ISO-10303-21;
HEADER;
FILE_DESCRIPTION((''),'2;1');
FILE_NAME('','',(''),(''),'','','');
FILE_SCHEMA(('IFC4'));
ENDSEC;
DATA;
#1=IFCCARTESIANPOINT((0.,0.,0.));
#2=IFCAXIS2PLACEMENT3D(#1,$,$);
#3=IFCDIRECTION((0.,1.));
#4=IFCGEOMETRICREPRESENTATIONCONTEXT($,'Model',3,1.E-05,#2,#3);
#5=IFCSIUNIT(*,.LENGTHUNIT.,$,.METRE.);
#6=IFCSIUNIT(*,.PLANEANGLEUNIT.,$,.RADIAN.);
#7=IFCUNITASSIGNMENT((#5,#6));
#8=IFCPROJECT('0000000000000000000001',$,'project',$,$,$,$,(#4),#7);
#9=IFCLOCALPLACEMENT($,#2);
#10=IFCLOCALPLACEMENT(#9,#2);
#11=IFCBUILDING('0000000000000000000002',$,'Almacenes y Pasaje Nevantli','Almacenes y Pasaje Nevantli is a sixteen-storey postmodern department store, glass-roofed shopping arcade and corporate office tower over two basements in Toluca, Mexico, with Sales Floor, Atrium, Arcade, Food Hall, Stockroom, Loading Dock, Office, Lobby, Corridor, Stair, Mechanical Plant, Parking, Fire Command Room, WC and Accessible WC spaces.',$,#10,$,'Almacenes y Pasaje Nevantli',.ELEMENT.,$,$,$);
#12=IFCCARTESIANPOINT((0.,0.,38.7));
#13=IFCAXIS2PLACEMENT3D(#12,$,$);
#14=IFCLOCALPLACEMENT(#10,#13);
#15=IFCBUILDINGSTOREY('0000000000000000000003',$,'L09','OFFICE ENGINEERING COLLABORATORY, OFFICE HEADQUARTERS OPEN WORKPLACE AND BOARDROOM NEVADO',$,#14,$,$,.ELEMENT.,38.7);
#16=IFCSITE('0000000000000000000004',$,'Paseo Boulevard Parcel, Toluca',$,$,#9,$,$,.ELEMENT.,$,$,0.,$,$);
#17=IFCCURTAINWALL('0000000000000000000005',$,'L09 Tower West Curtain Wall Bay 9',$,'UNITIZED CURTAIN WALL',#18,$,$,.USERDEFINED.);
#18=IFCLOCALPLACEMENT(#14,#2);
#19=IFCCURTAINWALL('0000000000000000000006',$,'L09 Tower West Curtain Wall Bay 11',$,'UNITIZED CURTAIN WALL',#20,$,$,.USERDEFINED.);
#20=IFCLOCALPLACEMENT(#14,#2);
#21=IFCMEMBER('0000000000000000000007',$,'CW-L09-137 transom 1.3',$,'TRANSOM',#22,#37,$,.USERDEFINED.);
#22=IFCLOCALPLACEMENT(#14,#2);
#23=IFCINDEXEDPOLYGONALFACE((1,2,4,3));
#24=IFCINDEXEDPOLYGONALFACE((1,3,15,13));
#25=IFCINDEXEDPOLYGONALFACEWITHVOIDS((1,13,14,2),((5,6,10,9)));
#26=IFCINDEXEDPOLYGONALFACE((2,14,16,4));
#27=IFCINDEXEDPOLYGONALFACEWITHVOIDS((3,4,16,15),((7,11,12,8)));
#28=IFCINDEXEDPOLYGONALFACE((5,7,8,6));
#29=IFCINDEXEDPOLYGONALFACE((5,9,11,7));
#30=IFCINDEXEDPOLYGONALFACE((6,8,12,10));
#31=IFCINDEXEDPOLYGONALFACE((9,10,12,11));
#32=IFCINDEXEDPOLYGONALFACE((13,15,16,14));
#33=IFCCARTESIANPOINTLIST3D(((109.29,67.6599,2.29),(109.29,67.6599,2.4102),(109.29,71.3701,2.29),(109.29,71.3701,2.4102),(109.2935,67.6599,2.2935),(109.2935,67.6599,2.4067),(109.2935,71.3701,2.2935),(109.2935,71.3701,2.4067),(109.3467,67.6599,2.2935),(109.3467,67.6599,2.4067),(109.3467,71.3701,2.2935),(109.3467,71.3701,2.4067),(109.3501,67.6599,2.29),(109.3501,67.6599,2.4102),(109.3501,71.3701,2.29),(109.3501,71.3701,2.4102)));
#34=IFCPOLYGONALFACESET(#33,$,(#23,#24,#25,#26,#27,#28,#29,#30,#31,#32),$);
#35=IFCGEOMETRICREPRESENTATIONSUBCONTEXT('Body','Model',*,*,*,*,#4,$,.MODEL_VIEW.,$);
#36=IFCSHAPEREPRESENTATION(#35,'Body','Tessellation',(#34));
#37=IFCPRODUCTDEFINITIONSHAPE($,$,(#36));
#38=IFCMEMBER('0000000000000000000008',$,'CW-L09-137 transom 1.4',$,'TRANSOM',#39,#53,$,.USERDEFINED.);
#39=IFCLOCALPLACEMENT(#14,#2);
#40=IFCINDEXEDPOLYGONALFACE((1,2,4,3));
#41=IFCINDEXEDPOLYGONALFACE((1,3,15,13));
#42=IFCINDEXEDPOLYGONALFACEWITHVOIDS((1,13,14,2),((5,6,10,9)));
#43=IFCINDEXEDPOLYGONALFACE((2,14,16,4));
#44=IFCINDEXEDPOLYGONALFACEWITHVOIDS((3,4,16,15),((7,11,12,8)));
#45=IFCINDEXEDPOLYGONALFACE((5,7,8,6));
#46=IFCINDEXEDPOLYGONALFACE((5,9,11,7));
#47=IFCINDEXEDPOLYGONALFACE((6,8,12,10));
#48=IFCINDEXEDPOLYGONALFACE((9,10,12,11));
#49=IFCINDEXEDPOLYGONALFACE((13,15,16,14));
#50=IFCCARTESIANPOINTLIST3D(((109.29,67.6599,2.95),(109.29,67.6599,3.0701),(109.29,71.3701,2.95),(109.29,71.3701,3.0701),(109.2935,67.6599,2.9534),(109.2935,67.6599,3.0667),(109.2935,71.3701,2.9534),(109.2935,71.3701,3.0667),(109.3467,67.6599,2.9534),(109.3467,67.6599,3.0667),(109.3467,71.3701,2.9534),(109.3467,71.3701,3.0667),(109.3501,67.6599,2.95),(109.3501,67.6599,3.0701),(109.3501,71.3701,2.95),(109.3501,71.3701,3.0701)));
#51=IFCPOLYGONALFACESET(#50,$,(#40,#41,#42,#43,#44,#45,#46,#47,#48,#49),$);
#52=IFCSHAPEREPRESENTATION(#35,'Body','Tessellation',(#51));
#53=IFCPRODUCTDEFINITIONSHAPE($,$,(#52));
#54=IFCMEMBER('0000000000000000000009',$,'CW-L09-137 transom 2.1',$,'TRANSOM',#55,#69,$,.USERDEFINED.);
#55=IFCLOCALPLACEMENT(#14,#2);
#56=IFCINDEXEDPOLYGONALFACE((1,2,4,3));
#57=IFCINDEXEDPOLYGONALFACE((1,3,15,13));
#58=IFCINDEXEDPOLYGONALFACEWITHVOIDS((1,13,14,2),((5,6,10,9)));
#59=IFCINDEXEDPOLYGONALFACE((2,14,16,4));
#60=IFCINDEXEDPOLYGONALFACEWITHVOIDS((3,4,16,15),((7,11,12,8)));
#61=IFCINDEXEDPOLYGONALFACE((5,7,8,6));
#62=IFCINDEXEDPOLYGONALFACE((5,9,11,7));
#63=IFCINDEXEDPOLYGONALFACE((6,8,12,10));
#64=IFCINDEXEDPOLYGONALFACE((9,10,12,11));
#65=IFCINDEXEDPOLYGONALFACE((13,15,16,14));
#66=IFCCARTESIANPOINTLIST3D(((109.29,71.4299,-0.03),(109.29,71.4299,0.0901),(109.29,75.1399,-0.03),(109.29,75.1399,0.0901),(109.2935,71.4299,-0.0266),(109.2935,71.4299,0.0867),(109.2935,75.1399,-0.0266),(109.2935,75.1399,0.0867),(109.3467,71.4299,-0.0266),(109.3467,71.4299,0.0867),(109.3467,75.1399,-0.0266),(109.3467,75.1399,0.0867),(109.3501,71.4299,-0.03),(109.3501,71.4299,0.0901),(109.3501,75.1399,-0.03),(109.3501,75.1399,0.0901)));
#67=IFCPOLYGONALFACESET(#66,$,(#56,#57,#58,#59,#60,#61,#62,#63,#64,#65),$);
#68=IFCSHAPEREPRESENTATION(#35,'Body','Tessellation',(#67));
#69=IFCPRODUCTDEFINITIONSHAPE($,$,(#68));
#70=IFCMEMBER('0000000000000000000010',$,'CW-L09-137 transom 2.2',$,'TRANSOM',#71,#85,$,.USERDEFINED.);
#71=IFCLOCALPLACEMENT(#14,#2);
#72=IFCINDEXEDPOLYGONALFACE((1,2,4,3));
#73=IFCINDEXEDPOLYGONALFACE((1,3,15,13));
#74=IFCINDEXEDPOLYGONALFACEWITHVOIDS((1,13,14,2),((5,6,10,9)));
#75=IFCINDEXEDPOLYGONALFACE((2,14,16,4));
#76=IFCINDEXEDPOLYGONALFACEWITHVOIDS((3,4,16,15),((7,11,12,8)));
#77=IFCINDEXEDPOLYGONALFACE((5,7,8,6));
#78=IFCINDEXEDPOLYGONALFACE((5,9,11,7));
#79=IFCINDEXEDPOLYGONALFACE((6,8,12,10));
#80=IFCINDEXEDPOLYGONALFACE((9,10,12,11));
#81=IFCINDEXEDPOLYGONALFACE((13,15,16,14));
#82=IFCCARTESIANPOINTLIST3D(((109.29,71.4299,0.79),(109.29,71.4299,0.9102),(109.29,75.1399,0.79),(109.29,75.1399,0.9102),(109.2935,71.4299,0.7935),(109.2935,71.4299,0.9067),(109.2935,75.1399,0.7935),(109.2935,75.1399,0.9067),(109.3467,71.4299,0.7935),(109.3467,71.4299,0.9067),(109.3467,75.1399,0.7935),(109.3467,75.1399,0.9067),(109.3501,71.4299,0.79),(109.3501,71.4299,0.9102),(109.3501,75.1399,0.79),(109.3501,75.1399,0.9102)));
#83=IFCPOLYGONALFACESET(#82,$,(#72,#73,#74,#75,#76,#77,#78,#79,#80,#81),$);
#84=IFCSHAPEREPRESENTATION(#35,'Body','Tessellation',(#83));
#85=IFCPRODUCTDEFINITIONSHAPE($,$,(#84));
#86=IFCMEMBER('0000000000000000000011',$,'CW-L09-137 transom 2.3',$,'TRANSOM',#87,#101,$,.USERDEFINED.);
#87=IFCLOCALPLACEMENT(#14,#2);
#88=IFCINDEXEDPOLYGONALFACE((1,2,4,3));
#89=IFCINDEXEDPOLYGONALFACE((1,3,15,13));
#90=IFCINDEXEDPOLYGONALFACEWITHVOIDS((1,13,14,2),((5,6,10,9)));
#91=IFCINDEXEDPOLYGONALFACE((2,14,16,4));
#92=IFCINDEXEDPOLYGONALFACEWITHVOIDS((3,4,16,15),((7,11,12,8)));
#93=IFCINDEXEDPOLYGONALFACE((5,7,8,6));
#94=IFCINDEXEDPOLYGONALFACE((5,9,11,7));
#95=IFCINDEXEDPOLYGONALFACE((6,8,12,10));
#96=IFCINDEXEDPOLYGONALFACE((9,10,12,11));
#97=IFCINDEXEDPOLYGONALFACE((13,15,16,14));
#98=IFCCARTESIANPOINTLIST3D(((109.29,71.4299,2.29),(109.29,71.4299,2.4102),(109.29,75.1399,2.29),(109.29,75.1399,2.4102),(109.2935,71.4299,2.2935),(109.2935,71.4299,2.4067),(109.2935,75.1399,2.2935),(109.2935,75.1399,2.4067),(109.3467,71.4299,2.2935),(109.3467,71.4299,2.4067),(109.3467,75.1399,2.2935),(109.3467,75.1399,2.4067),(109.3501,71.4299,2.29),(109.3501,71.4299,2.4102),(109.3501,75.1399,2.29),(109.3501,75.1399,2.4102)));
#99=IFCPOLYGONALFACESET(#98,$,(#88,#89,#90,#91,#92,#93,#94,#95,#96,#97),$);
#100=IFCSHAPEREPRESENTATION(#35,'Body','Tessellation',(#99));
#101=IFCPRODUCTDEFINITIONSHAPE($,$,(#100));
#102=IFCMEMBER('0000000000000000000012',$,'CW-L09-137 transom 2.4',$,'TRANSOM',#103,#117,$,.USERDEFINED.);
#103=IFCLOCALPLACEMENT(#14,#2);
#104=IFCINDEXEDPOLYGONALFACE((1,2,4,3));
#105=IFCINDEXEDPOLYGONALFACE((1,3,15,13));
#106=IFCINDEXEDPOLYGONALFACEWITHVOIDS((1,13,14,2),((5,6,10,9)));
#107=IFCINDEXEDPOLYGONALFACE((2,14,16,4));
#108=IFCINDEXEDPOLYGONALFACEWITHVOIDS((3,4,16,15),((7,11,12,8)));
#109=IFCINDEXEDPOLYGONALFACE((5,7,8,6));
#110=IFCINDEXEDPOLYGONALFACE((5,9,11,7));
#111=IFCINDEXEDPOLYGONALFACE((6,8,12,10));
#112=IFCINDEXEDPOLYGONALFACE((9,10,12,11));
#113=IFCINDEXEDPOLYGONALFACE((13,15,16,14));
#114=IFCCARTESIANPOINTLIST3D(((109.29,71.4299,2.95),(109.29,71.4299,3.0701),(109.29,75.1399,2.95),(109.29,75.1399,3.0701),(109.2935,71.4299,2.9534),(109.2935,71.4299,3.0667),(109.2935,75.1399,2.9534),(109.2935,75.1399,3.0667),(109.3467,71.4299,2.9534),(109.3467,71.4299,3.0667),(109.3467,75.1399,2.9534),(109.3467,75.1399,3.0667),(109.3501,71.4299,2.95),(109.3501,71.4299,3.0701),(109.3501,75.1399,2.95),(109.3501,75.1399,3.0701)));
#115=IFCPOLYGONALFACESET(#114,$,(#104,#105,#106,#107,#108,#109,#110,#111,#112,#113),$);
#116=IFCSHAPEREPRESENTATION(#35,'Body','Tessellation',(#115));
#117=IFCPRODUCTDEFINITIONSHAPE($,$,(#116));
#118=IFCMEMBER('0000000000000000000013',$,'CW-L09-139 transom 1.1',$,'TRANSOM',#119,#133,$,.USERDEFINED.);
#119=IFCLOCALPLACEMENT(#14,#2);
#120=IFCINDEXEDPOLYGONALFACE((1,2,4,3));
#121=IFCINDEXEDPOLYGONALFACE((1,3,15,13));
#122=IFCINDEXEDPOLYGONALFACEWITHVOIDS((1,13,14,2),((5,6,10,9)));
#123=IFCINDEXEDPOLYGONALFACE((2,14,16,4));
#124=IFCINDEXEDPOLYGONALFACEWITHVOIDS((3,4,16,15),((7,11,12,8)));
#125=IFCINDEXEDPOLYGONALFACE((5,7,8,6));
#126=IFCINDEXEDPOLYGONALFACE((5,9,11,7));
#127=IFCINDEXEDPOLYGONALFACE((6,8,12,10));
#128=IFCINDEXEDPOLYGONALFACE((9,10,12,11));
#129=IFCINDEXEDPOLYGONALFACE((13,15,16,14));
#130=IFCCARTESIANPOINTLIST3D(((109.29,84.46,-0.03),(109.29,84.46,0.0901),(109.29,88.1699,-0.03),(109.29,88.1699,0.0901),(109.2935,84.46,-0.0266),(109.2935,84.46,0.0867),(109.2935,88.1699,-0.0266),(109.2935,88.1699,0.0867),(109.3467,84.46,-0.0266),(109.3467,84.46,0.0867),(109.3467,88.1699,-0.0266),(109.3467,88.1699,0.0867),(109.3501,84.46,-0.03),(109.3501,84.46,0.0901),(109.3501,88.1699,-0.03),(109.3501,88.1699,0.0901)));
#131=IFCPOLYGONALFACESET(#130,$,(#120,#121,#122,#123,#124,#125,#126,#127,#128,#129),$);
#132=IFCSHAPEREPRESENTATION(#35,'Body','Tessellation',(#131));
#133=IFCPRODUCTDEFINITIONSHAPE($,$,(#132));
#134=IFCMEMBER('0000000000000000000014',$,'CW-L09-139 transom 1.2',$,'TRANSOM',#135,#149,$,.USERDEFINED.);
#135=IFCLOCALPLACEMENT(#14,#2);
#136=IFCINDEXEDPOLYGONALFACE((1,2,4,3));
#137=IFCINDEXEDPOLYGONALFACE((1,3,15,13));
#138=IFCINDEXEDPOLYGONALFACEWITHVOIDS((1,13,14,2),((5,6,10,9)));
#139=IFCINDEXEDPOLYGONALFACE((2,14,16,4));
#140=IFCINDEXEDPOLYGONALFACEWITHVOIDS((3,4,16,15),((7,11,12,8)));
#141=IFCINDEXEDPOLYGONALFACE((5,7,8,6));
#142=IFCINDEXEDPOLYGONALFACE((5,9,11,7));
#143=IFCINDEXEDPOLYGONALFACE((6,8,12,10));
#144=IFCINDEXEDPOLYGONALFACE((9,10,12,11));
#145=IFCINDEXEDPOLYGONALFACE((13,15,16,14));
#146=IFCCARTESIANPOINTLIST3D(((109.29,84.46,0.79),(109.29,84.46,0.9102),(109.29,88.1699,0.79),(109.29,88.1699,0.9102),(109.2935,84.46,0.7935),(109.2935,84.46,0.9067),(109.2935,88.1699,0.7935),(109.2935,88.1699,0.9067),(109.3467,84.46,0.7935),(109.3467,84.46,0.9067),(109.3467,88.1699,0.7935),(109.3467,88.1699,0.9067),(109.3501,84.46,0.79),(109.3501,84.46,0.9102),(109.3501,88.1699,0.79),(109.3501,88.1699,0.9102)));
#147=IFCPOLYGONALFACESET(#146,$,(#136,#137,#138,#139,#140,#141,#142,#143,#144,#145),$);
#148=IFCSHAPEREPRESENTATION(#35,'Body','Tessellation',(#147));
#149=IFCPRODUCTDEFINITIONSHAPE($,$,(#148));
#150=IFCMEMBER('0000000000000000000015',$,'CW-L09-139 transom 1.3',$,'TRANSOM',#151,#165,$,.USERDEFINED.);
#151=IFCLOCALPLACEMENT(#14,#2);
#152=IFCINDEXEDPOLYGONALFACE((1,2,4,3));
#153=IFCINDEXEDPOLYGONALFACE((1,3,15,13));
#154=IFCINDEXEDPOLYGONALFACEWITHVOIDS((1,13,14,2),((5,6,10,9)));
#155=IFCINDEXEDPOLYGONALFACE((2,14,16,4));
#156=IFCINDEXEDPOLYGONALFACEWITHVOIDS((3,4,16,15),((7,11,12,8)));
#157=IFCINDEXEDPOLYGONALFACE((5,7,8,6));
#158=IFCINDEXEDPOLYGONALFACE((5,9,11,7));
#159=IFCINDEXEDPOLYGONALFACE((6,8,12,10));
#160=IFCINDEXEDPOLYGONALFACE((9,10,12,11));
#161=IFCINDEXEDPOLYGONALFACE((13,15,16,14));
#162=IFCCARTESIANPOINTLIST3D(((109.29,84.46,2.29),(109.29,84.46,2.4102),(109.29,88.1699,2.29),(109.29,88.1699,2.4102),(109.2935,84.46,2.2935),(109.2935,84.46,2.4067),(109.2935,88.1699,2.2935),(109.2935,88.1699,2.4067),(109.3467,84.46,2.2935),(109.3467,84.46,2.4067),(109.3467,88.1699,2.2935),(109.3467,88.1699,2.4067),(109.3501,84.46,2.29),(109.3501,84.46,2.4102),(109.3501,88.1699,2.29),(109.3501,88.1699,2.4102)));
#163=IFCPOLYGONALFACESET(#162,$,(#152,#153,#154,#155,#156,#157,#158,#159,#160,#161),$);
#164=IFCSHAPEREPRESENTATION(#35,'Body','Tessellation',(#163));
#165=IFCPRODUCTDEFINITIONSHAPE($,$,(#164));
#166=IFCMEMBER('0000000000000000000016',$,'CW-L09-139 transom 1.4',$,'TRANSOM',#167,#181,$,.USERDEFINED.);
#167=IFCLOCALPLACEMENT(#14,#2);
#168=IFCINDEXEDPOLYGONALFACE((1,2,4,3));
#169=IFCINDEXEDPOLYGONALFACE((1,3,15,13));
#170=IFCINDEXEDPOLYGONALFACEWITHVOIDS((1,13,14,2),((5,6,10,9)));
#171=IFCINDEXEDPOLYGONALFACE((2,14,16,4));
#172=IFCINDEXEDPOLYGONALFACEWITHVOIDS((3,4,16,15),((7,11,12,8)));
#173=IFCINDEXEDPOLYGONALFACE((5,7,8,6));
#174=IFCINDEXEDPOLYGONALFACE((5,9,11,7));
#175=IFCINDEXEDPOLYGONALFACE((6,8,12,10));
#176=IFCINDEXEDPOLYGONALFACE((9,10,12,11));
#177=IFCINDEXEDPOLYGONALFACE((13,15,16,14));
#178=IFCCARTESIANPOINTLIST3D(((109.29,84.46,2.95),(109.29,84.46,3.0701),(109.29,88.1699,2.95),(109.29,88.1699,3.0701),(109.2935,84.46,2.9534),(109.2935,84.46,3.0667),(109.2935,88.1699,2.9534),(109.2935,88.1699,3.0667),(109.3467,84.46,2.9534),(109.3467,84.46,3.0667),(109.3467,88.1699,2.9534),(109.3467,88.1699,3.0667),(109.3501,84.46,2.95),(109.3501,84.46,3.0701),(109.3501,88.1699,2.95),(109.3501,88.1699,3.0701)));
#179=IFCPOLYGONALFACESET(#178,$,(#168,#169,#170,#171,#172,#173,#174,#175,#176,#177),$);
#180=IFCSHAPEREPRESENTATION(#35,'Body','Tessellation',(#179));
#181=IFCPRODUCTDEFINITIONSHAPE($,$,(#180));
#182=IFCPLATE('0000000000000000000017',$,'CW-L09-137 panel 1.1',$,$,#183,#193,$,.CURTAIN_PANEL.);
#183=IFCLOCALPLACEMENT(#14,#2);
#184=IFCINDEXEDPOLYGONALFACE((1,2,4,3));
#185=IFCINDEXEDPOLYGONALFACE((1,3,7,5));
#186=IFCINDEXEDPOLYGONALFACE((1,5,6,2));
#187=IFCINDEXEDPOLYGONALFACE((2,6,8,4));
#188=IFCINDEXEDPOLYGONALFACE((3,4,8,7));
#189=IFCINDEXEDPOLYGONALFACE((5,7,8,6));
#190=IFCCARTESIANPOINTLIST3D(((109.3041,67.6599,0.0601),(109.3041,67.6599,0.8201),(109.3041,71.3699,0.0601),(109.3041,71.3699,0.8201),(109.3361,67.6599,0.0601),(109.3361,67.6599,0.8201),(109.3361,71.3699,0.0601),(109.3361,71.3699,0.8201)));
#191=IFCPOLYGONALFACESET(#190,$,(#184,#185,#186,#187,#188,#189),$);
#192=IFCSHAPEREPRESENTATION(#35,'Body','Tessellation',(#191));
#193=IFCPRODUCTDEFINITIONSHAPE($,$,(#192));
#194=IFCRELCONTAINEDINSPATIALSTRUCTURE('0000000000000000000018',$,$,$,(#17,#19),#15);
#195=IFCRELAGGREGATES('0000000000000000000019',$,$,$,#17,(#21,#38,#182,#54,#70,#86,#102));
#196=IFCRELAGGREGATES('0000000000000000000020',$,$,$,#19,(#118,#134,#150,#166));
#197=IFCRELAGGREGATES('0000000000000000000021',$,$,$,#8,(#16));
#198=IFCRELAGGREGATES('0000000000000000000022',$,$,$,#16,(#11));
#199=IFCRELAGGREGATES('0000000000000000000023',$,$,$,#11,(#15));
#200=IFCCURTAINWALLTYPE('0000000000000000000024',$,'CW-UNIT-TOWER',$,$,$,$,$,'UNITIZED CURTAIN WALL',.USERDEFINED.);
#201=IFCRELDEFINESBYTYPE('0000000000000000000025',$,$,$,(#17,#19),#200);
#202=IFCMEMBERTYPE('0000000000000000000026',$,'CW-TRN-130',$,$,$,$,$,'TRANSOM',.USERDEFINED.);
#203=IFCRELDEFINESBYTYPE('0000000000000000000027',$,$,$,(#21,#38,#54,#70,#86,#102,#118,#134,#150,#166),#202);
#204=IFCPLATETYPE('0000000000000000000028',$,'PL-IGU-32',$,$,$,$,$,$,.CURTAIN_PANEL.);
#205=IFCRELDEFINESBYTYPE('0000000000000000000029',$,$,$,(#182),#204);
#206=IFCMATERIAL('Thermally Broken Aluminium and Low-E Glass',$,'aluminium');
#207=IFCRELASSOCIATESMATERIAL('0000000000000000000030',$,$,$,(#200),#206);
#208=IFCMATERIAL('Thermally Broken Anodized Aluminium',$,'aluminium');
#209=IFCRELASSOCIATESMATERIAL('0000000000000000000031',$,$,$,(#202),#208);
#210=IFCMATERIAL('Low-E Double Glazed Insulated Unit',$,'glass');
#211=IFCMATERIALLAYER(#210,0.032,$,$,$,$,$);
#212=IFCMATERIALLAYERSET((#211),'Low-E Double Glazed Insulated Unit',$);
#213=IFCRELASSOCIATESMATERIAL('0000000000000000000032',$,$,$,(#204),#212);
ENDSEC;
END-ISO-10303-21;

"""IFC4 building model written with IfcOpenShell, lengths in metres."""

from ifc_helpers import new_model, si_unit, direction, frame, origin, origin_2d, place, context, subcontext, project, spatial, rectangle, hollow_rectangle, extrude, material, layer, layer_set, material_profile, profile_set, type_object, element, aggregate, save


model = new_model("IFC4")

# Units and contexts
model_context = context("Model", 3, precision=1e-05, world=origin(), true_north=direction((0.0, 1.0)))
body_context = subcontext(model_context, "Body", "Model", "MODEL_VIEW")
ifc_project = project(units=[si_unit("LENGTHUNIT", "METRE"), si_unit("PLANEANGLEUNIT", "RADIAN")], contexts=[model_context])

# Site, building, storey
site_placement = place(None, origin())
site = spatial("IfcSite", under=ifc_project, at=site_placement, Name="Paseo Boulevard Parcel, Toluca", CompositionType="ELEMENT", RefElevation=0.0)
building_placement = place(site_placement, origin())
building = spatial("IfcBuilding", under=site, at=building_placement, Name="Almacenes y Pasaje Nevantli", Description="Almacenes y Pasaje Nevantli is a sixteen-storey postmodern department store, glass-roofed shopping arcade and corporate office tower over two basements in Toluca, Mexico, with Sales Floor, Atrium, Arcade, Food Hall, Stockroom, Loading Dock, Office, Lobby, Corridor, Stair, Mechanical Plant, Parking, Fire Command Room, WC and Accessible WC spaces.", LongName="Almacenes y Pasaje Nevantli", CompositionType="ELEMENT")
storey_placement = place(building_placement, frame((0.0, 0.0, 38.7)))
storey = spatial("IfcBuildingStorey", under=building, at=storey_placement, Name="L09", Description="OFFICE ENGINEERING COLLABORATORY, OFFICE HEADQUARTERS OPEN WORKPLACE AND BOARDROOM NEVADO", CompositionType="ELEMENT", Elevation=38.7)

# Curtain walls
ifc_material_1 = material(Name="Thermally Broken Aluminium and Low-E Glass", Category="aluminium")
curtain_wall_type = type_object("IfcCurtainWallType", Name="CW-UNIT-TOWER", ElementType="UNITIZED CURTAIN WALL", PredefinedType="USERDEFINED", material=ifc_material_1)
curtain_wall_1_placement = place(storey_placement, origin())
curtain_wall_1 = element("IfcCurtainWall", 1, at=curtain_wall_1_placement, inside=storey, type_object=curtain_wall_type, Name="L09 Tower West Curtain Wall Bay 9", ObjectType="UNITIZED CURTAIN WALL", PredefinedType="USERDEFINED")
curtain_wall_2_placement = place(storey_placement, origin())
curtain_wall_2 = element("IfcCurtainWall", 2, at=curtain_wall_2_placement, inside=storey, type_object=curtain_wall_type, Name="L09 Tower West Curtain Wall Bay 11", ObjectType="UNITIZED CURTAIN WALL", PredefinedType="USERDEFINED")

# Members
ifc_material_2 = material(Name="Thermally Broken Anodized Aluminium", Category="aluminium")
ifc_material_profile_1 = material_profile(ifc_material_2, hollow_rectangle(XDim=0.0601, YDim=0.1201, WallThickness=0.0034, at=origin_2d()), Name="ALU-TRN-60x120")
ifc_profile_set_1 = profile_set([ifc_material_profile_1], Name="Thermally Broken Anodized Aluminium")
member_type_1 = type_object("IfcMemberType", Name="CW-TRN-130", ElementType="TRANSOM", PredefinedType="USERDEFINED", material=ifc_profile_set_1)
member_1_placement = place(storey_placement, frame((109.3201, 67.6599, 2.3501), z_axis=(0.0, 1.0, 0.0), x_axis=(-1.0, 0.0, 0.0)))
member_1 = element("IfcMember", 3, at=member_1_placement, type_object=member_type_1, Name="CW-L09-137 transom 1.3", ObjectType="TRANSOM", PredefinedType="USERDEFINED", context=body_context, shape_type="SweptSolid", body=[
    extrude(hollow_rectangle(XDim=0.0601, YDim=0.1201, WallThickness=0.0034, at=origin_2d()), origin(), (0.0, 0.0, 1.0), 3.7102),
])
member_2_placement = place(storey_placement, frame((109.3201, 67.6599, 3.01), z_axis=(0.0, 1.0, 0.0), x_axis=(-1.0, 0.0, 0.0)))
member_2 = element("IfcMember", 4, at=member_2_placement, type_object=member_type_1, Name="CW-L09-137 transom 1.4", ObjectType="TRANSOM", PredefinedType="USERDEFINED", context=body_context, shape_type="SweptSolid", body=[
    extrude(hollow_rectangle(XDim=0.0601, YDim=0.1201, WallThickness=0.0034, at=origin_2d()), origin(), (0.0, 0.0, 1.0), 3.7102),
])
member_3_placement = place(storey_placement, frame((109.3201, 71.4299, 0.03), z_axis=(0.0, 1.0, 0.0), x_axis=(-1.0, 0.0, 0.0)))
member_3 = element("IfcMember", 5, at=member_3_placement, type_object=member_type_1, Name="CW-L09-137 transom 2.1", ObjectType="TRANSOM", PredefinedType="USERDEFINED", context=body_context, shape_type="SweptSolid", body=[
    extrude(hollow_rectangle(XDim=0.0601, YDim=0.1201, WallThickness=0.0034, at=origin_2d()), origin(), (0.0, 0.0, 1.0), 3.71),
])
member_4_placement = place(storey_placement, frame((109.3201, 71.4299, 0.8501), z_axis=(0.0, 1.0, 0.0), x_axis=(-1.0, 0.0, 0.0)))
member_4 = element("IfcMember", 6, at=member_4_placement, type_object=member_type_1, Name="CW-L09-137 transom 2.2", ObjectType="TRANSOM", PredefinedType="USERDEFINED", context=body_context, shape_type="SweptSolid", body=[
    extrude(hollow_rectangle(XDim=0.0601, YDim=0.1201, WallThickness=0.0034, at=origin_2d()), origin(), (0.0, 0.0, 1.0), 3.71),
])
member_5_placement = place(storey_placement, frame((109.3201, 71.4299, 2.3501), z_axis=(0.0, 1.0, 0.0), x_axis=(-1.0, 0.0, 0.0)))
member_5 = element("IfcMember", 7, at=member_5_placement, type_object=member_type_1, Name="CW-L09-137 transom 2.3", ObjectType="TRANSOM", PredefinedType="USERDEFINED", context=body_context, shape_type="SweptSolid", body=[
    extrude(hollow_rectangle(XDim=0.0601, YDim=0.1201, WallThickness=0.0034, at=origin_2d()), origin(), (0.0, 0.0, 1.0), 3.71),
])
member_6_placement = place(storey_placement, frame((109.3201, 71.4299, 3.01), z_axis=(0.0, 1.0, 0.0), x_axis=(-1.0, 0.0, 0.0)))
member_6 = element("IfcMember", 8, at=member_6_placement, type_object=member_type_1, Name="CW-L09-137 transom 2.4", ObjectType="TRANSOM", PredefinedType="USERDEFINED", context=body_context, shape_type="SweptSolid", body=[
    extrude(hollow_rectangle(XDim=0.0601, YDim=0.1201, WallThickness=0.0034, at=origin_2d()), origin(), (0.0, 0.0, 1.0), 3.71),
])
member_7_placement = place(storey_placement, frame((109.3201, 84.46, 0.03), z_axis=(0.0, 1.0, 0.0), x_axis=(-1.0, 0.0, 0.0)))
member_7 = element("IfcMember", 9, at=member_7_placement, type_object=member_type_1, Name="CW-L09-139 transom 1.1", ObjectType="TRANSOM", PredefinedType="USERDEFINED", context=body_context, shape_type="SweptSolid", body=[
    extrude(hollow_rectangle(XDim=0.0601, YDim=0.1201, WallThickness=0.0034, at=origin_2d()), origin(), (0.0, 0.0, 1.0), 3.71),
])
member_8_placement = place(storey_placement, frame((109.3201, 84.46, 0.8501), z_axis=(0.0, 1.0, 0.0), x_axis=(-1.0, 0.0, 0.0)))
member_8 = element("IfcMember", 10, at=member_8_placement, type_object=member_type_1, Name="CW-L09-139 transom 1.2", ObjectType="TRANSOM", PredefinedType="USERDEFINED", context=body_context, shape_type="SweptSolid", body=[
    extrude(hollow_rectangle(XDim=0.0601, YDim=0.1201, WallThickness=0.0034, at=origin_2d()), origin(), (0.0, 0.0, 1.0), 3.71),
])
member_9_placement = place(storey_placement, frame((109.3201, 84.46, 2.3501), z_axis=(0.0, 1.0, 0.0), x_axis=(-1.0, 0.0, 0.0)))
member_9 = element("IfcMember", 11, at=member_9_placement, type_object=member_type_1, Name="CW-L09-139 transom 1.3", ObjectType="TRANSOM", PredefinedType="USERDEFINED", context=body_context, shape_type="SweptSolid", body=[
    extrude(hollow_rectangle(XDim=0.0601, YDim=0.1201, WallThickness=0.0034, at=origin_2d()), origin(), (0.0, 0.0, 1.0), 3.71),
])
member_10_placement = place(storey_placement, frame((109.3201, 84.46, 3.01), z_axis=(0.0, 1.0, 0.0), x_axis=(-1.0, 0.0, 0.0)))
member_10 = element("IfcMember", 12, at=member_10_placement, type_object=member_type_1, Name="CW-L09-139 transom 1.4", ObjectType="TRANSOM", PredefinedType="USERDEFINED", context=body_context, shape_type="SweptSolid", body=[
    extrude(hollow_rectangle(XDim=0.0601, YDim=0.1201, WallThickness=0.0034, at=origin_2d()), origin(), (0.0, 0.0, 1.0), 3.71),
])

# Plate
ifc_material_3 = material(Name="Low-E Double Glazed Insulated Unit", Category="glass")
ifc_layer = layer(ifc_material_3, 0.032)
ifc_layer_set = layer_set([ifc_layer], Name="Low-E Double Glazed Insulated Unit")
plate_type = type_object("IfcPlateType", Name="PL-IGU-32", PredefinedType="CURTAIN_PANEL", material=ifc_layer_set)
plate_1_placement = place(storey_placement, frame((109.3201, 69.5149, 0.0601), z_axis=(0.0, 0.0, 1.0), x_axis=(0.0, 1.0, 0.0)))
plate_1 = element("IfcPlate", 13, at=plate_1_placement, type_object=plate_type, Name="CW-L09-137 panel 1.1", PredefinedType="CURTAIN_PANEL", context=body_context, shape_type="SweptSolid", body=[
    extrude(rectangle(XDim=3.71, YDim=0.032, at=origin_2d()), origin(), (0.0, 0.0, 1.0), 0.76),
])
aggregate(curtain_wall_1, [member_1, member_2, plate_1, member_3, member_4, member_5, member_6])
aggregate(curtain_wall_2, [member_7, member_8, member_9, member_10])

save(model, "model.ifc")
